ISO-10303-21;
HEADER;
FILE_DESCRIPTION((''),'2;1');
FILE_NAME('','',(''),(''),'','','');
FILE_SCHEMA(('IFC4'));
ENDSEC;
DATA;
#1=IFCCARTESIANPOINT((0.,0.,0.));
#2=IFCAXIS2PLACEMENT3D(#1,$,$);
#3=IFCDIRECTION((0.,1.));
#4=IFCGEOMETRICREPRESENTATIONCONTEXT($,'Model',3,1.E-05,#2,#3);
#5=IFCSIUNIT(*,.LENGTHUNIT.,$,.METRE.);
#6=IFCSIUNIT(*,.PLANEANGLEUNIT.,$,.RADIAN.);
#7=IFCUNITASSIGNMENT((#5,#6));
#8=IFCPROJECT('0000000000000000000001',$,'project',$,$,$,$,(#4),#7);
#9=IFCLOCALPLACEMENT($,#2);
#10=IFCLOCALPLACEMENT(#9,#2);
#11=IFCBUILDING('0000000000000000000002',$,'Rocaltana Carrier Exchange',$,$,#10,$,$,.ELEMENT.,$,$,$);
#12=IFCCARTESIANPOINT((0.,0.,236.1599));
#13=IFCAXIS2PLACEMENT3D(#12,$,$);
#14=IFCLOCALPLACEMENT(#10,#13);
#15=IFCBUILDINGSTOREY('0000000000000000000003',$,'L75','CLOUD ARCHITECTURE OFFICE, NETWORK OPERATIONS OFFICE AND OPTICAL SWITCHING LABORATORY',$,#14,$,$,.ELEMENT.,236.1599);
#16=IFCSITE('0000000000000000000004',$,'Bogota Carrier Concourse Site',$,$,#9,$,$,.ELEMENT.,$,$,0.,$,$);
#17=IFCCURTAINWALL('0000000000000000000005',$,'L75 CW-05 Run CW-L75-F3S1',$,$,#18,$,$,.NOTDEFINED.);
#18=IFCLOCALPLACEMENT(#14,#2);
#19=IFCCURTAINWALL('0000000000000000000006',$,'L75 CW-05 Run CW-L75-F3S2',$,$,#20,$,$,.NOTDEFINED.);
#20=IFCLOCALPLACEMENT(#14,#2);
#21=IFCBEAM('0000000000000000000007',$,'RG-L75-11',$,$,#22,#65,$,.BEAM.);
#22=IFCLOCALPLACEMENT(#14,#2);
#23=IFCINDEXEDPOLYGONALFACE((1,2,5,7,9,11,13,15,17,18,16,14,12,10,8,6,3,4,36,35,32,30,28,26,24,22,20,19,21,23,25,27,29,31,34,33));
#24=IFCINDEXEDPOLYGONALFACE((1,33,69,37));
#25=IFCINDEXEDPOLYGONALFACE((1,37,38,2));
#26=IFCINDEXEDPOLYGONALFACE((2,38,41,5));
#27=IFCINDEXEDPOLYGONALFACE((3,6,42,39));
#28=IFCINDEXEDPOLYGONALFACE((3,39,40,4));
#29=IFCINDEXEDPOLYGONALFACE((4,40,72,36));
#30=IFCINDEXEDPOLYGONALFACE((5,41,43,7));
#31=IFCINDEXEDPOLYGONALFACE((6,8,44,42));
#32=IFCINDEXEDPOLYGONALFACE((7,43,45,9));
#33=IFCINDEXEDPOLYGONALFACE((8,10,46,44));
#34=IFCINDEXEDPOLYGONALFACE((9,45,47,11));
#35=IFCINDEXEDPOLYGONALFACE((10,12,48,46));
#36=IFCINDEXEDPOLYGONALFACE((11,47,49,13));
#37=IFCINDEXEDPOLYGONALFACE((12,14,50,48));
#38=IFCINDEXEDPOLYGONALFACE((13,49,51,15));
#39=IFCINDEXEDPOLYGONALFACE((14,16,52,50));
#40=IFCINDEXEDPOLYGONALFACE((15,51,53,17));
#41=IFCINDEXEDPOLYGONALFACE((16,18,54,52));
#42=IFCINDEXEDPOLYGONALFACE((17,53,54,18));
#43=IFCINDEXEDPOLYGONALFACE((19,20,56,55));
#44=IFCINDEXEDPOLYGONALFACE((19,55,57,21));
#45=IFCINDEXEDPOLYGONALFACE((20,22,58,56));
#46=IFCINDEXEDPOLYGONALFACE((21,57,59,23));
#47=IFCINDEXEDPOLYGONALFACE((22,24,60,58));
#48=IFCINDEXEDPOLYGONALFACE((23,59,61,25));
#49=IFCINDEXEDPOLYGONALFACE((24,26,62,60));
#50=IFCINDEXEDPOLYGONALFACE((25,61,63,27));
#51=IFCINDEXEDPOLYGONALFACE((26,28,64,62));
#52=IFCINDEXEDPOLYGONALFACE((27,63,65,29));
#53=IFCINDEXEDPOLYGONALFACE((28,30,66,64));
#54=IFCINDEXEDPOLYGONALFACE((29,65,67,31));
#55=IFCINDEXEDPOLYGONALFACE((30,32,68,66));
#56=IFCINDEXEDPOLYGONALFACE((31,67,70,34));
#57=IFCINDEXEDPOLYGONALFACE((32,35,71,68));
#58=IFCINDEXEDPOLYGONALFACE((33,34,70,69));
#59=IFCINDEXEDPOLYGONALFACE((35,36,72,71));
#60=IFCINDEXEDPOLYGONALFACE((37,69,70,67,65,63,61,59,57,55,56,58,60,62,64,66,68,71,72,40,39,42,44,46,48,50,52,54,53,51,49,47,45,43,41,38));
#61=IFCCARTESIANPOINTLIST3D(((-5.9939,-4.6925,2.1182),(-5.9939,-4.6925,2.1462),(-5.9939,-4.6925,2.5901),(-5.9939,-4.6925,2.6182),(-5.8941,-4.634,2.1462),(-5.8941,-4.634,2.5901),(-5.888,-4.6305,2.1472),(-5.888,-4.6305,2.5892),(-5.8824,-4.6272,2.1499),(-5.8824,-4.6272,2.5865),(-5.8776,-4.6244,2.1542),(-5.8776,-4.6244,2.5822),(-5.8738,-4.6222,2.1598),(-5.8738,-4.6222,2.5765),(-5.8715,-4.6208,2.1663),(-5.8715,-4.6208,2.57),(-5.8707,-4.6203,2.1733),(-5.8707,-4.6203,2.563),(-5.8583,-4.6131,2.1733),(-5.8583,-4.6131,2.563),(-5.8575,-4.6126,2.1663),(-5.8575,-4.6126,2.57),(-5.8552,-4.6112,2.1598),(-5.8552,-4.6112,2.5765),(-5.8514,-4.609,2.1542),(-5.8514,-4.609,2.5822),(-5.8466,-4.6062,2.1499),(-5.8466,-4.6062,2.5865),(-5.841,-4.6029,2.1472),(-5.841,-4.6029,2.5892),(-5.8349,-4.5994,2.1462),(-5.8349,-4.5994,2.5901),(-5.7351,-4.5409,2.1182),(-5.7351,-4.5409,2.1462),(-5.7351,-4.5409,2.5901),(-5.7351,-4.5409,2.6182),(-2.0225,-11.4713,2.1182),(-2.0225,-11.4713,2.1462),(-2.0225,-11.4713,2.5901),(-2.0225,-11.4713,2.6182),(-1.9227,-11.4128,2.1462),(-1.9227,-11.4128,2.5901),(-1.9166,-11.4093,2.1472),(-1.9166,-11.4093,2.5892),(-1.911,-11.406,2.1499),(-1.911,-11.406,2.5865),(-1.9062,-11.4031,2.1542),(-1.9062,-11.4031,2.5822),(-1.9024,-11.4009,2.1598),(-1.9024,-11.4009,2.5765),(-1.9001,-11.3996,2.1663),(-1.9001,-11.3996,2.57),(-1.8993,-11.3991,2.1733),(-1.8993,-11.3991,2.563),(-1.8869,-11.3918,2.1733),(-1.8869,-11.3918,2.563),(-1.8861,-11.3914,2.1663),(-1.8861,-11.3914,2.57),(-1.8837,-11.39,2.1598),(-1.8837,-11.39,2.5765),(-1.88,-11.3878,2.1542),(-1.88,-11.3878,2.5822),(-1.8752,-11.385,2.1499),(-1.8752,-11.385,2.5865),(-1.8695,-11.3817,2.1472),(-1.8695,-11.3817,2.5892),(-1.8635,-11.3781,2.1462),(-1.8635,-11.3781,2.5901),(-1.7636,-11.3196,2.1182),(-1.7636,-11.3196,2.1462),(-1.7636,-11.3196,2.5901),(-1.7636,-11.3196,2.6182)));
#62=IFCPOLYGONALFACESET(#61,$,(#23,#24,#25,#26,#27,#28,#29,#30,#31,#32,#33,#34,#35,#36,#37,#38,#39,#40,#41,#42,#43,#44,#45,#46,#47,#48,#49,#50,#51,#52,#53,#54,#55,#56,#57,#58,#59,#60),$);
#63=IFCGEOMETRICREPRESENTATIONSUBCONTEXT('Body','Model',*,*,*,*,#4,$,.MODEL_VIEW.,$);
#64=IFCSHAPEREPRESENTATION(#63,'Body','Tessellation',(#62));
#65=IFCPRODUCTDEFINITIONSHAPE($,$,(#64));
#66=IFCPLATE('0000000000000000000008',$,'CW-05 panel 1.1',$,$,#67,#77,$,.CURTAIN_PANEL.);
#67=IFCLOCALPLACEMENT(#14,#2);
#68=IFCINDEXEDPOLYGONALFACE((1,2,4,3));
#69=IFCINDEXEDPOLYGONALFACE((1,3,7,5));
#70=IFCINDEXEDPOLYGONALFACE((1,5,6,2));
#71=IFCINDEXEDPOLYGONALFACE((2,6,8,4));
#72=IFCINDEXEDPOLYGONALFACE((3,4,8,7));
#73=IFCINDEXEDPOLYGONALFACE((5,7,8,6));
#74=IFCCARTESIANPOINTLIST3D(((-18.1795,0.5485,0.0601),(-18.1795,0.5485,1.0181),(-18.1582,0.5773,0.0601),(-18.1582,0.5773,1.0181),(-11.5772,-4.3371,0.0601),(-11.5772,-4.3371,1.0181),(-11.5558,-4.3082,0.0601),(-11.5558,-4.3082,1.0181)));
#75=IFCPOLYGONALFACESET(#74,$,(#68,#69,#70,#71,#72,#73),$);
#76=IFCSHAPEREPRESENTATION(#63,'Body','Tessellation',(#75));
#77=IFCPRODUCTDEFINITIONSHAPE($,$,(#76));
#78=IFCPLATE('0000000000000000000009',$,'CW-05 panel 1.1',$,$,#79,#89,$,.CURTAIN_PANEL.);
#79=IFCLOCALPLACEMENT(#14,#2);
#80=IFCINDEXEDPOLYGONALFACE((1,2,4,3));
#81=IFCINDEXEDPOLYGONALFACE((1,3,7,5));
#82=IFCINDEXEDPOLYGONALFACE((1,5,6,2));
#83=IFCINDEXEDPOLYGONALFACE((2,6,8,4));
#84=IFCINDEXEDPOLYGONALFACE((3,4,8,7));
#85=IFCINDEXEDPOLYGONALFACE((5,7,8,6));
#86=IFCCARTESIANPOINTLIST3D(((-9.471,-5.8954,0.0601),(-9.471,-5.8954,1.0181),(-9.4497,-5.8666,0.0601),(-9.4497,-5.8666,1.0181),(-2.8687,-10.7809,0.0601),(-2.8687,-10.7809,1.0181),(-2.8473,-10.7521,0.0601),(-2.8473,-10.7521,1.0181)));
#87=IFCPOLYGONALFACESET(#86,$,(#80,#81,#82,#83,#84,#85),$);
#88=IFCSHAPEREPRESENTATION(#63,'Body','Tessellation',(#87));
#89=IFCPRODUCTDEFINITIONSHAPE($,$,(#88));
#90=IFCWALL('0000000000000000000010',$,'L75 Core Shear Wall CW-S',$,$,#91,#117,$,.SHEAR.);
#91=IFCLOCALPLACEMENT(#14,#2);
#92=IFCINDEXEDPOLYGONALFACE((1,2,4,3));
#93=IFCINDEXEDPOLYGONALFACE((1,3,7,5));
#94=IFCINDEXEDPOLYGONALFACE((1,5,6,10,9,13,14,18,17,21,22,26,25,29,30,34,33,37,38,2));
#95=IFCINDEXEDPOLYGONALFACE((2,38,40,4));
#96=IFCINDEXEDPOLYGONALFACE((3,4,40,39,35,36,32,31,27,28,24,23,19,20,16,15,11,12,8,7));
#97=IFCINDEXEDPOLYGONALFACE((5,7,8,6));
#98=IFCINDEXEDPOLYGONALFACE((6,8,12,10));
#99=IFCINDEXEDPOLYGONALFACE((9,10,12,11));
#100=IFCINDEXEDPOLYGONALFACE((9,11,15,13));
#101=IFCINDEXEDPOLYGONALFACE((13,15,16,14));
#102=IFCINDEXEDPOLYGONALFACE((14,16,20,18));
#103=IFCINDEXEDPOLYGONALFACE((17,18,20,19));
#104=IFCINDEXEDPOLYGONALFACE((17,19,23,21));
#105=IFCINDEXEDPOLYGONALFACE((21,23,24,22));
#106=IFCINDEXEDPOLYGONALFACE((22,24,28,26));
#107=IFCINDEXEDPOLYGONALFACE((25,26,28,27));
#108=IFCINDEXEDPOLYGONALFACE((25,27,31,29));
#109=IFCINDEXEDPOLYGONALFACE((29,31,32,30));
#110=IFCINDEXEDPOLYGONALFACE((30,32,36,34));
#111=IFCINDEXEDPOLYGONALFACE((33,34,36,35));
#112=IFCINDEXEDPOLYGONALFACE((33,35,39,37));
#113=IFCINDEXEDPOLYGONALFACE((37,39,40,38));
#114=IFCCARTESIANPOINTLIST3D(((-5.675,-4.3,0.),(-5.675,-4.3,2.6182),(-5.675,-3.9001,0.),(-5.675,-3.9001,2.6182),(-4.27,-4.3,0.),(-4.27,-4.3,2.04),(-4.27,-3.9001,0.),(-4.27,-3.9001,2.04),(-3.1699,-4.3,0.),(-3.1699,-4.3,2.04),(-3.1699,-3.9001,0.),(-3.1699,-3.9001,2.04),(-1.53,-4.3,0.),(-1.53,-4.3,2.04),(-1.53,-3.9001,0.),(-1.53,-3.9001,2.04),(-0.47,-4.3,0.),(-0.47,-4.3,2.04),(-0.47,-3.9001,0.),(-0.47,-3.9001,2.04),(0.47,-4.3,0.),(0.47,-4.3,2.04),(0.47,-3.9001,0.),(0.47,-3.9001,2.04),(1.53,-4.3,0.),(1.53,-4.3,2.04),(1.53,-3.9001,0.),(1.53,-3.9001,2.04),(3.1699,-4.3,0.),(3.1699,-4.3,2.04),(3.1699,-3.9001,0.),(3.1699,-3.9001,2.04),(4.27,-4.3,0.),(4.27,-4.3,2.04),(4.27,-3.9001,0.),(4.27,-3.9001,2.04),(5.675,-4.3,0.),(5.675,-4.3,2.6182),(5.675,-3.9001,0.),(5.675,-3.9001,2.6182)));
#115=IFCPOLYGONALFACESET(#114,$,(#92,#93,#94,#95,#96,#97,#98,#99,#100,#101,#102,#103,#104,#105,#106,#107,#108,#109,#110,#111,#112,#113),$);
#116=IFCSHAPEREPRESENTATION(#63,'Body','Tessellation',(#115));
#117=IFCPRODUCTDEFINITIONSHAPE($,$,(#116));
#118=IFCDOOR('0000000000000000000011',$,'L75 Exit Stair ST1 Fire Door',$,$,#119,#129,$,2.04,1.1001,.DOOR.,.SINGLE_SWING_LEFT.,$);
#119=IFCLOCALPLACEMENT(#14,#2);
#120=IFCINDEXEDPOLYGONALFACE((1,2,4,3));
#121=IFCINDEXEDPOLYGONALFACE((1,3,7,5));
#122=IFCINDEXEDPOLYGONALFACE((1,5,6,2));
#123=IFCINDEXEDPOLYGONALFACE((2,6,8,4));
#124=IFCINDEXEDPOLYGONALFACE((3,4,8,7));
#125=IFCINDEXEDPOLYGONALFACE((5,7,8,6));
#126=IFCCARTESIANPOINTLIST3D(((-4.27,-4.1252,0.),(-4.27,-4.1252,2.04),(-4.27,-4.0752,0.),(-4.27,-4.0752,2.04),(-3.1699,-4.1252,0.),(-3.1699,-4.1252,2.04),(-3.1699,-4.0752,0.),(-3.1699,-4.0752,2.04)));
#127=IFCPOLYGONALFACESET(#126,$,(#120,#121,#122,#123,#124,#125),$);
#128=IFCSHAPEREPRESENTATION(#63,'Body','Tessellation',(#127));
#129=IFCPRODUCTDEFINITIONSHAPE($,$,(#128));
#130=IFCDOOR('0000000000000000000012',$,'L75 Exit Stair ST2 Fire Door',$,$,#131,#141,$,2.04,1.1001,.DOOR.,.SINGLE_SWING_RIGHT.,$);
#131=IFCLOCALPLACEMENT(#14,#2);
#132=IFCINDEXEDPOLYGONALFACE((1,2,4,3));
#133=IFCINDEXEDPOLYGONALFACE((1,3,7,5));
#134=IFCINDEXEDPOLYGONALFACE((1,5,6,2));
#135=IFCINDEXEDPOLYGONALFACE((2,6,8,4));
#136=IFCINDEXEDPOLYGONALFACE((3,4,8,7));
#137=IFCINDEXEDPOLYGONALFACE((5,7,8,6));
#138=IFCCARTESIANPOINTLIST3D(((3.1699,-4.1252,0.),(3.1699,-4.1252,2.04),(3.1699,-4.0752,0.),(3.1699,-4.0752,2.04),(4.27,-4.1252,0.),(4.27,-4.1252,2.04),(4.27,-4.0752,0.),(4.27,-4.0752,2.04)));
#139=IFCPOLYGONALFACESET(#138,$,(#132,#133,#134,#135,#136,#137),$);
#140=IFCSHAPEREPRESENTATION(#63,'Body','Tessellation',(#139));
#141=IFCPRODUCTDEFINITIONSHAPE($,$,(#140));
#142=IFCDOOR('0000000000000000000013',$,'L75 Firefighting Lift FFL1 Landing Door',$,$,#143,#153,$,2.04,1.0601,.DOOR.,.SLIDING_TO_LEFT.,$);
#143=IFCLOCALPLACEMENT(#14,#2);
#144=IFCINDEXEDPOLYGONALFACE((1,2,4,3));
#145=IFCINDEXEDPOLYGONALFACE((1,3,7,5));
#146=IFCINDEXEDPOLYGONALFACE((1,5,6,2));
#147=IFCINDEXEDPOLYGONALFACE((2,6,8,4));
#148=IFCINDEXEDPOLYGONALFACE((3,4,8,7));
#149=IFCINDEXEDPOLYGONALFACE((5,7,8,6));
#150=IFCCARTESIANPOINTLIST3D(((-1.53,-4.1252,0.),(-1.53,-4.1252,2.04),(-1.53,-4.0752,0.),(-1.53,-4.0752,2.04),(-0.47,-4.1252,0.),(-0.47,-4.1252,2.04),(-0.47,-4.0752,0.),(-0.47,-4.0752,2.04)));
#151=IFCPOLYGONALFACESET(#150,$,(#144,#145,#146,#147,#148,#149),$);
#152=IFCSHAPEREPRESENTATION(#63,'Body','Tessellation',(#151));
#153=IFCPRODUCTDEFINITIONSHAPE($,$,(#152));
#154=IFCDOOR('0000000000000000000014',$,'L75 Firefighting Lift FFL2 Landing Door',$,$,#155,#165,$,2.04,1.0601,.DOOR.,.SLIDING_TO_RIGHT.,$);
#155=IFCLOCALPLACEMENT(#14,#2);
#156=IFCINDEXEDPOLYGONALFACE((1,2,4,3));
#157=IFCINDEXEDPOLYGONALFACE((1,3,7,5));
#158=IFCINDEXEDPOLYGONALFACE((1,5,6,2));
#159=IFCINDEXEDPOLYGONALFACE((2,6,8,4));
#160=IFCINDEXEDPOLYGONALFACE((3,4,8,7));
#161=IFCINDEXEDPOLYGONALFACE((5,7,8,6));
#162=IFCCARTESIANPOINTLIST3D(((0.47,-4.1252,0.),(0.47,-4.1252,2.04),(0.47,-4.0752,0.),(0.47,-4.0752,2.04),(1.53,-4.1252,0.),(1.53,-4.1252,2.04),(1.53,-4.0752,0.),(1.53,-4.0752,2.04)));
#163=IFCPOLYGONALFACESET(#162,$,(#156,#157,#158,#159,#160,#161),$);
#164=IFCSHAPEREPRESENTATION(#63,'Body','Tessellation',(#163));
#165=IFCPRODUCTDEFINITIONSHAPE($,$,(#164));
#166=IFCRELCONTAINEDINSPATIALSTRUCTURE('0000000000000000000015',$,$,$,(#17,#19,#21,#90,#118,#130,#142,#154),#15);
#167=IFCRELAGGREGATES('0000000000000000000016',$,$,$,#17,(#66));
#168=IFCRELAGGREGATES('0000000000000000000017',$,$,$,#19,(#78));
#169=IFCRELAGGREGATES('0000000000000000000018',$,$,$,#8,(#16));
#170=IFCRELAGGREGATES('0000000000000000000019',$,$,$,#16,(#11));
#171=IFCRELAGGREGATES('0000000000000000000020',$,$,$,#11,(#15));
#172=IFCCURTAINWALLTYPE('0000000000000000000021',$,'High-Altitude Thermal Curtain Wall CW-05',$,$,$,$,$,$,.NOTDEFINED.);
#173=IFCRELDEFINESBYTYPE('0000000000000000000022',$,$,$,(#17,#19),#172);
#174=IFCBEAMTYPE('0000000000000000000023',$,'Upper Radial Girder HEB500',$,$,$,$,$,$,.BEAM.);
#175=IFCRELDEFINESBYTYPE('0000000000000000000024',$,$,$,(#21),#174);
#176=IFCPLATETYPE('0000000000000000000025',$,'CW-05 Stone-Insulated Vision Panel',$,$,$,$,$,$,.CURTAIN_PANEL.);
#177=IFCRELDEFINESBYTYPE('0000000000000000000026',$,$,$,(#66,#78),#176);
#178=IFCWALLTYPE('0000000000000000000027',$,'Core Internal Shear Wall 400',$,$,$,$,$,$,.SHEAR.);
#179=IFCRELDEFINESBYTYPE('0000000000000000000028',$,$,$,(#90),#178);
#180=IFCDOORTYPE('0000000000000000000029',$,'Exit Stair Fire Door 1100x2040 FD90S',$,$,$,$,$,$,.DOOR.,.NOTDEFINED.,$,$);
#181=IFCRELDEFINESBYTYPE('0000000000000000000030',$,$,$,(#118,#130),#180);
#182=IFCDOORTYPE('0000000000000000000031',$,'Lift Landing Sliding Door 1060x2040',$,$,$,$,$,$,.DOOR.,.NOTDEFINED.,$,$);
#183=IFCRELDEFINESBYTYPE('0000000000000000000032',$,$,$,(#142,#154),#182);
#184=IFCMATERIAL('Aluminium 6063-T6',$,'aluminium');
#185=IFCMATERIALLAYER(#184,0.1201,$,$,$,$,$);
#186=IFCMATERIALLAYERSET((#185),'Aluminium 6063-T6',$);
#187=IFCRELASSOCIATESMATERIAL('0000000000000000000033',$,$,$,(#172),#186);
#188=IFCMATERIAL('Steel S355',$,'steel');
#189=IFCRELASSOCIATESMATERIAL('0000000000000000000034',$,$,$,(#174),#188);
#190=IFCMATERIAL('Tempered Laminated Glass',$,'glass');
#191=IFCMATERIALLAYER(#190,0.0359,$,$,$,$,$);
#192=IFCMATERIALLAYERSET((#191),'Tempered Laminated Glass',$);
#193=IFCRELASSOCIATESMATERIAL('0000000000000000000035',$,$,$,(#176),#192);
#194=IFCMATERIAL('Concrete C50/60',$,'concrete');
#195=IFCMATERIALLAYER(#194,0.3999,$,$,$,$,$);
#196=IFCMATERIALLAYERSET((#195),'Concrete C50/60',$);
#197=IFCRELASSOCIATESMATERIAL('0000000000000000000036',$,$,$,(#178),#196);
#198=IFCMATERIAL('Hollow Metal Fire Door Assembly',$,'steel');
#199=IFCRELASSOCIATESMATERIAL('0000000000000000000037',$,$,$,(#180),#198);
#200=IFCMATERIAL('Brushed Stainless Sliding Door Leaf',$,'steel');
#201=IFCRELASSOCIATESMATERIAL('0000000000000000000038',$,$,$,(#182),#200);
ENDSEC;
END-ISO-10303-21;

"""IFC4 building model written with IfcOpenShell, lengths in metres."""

from ifc_helpers import new_model, si_unit, direction, frame, frame_2d, origin, origin_2d, place, context, subcontext, project, spatial, rectangle, i_section, extrude, material, layer, layer_set, material_profile, profile_set, type_object, element, fill, aggregate, save


model = new_model("IFC4")

# Units and contexts
model_context = context("Model", 3, precision=1e-05, world=origin(), true_north=direction((0.0, 1.0)))
body_context = subcontext(model_context, "Body", "Model", "MODEL_VIEW")
ifc_project = project(units=[si_unit("LENGTHUNIT", "METRE"), si_unit("PLANEANGLEUNIT", "RADIAN")], contexts=[model_context])

# Site, building, storey
site_placement = place(None, origin())
site = spatial("IfcSite", under=ifc_project, at=site_placement, Name="Bogota Carrier Concourse Site", CompositionType="ELEMENT", RefElevation=0.0)
building_placement = place(site_placement, origin())
building = spatial("IfcBuilding", under=site, at=building_placement, Name="Rocaltana Carrier Exchange", CompositionType="ELEMENT")
storey_placement = place(building_placement, frame((0.0, 0.0, 236.1599)))
storey = spatial("IfcBuildingStorey", under=building, at=storey_placement, Name="L75", Description="CLOUD ARCHITECTURE OFFICE, NETWORK OPERATIONS OFFICE AND OPTICAL SWITCHING LABORATORY", CompositionType="ELEMENT", Elevation=236.1599)

# Curtain wall
ifc_material_1 = material(Name="Aluminium 6063-T6", Category="aluminium")
ifc_layer_1 = layer(ifc_material_1, 0.1201)
ifc_layer_set_1 = layer_set([ifc_layer_1], Name="Aluminium 6063-T6")
curtain_wall_type = type_object("IfcCurtainWallType", Name="High-Altitude Thermal Curtain Wall CW-05", PredefinedType="NOTDEFINED", material=ifc_layer_set_1)
curtain_wall_1_placement = place(storey_placement, origin())
curtain_wall_1 = element("IfcCurtainWall", 1, at=curtain_wall_1_placement, inside=storey, type_object=curtain_wall_type, Name="L75 CW-05 Run CW-L75-F3S1", PredefinedType="NOTDEFINED")

# Curtain wall
curtain_wall_2_placement = place(storey_placement, origin())
curtain_wall_2 = element("IfcCurtainWall", 2, at=curtain_wall_2_placement, inside=storey, type_object=curtain_wall_type, Name="L75 CW-05 Run CW-L75-F3S2", PredefinedType="NOTDEFINED")

# Beam
ifc_material_2 = material(Name="Steel S355", Category="steel")
ifc_material_profile_1 = material_profile(ifc_material_2, i_section(OverallWidth=0.3, OverallDepth=0.5, WebThickness=0.0144, FlangeThickness=0.0281, FilletRadius=0.0271, at=origin_2d()), Name="HEB500")
ifc_profile_set_1 = profile_set([ifc_material_profile_1], Name="Steel S355")
beam_type_1 = type_object("IfcBeamType", Name="Upper Radial Girder HEB500", PredefinedType="BEAM", material=ifc_profile_set_1)
beam_1_placement = place(storey_placement, frame((-5.8645, -4.6167, 2.3682), z_axis=(0.505497, -0.862828, 0.0), x_axis=(0.862828, 0.505497, 0.0)))
element("IfcBeam", 3, at=beam_1_placement, inside=storey, type_object=beam_type_1, Name="RG-L75-11", PredefinedType="BEAM", context=body_context, shape_type="SweptSolid", body=[
    extrude(i_section(OverallWidth=0.3, OverallDepth=0.5, WebThickness=0.0144, FlangeThickness=0.0281, FilletRadius=0.0271, at=origin_2d()), origin(), (0.0, 0.0, 1.0), 7.8564),
])

# Plates
ifc_material_3 = material(Name="Tempered Laminated Glass", Category="glass")
ifc_layer_2 = layer(ifc_material_3, 0.0359)
ifc_layer_set_2 = layer_set([ifc_layer_2], Name="Tempered Laminated Glass")
plate_type = type_object("IfcPlateType", Name="CW-05 Stone-Insulated Vision Panel", PredefinedType="CURTAIN_PANEL", material=ifc_layer_set_2)
plate_1_placement = place(storey_placement, frame((-14.8677, -1.8799, 0.0601), z_axis=(0.0, 0.0, 1.0), x_axis=(0.803854, -0.594827, 0.0)))
plate_1 = element("IfcPlate", 4, at=plate_1_placement, type_object=plate_type, Name="CW-05 panel 1.1", PredefinedType="CURTAIN_PANEL", context=body_context, shape_type="SweptSolid", body=[
    extrude(rectangle(XDim=8.2134, YDim=0.0359, at=origin_2d()), origin(), (0.0, 0.0, 1.0), 0.958),
])
aggregate(curtain_wall_1, [plate_1])
plate_2_placement = place(storey_placement, frame((-6.1592, -8.3237, 0.0601), z_axis=(0.0, 0.0, 1.0), x_axis=(0.803858, -0.594821, 0.0)))
plate_2 = element("IfcPlate", 5, at=plate_2_placement, type_object=plate_type, Name="CW-05 panel 1.1", PredefinedType="CURTAIN_PANEL", context=body_context, shape_type="SweptSolid", body=[
    extrude(rectangle(XDim=8.2134, YDim=0.0359, at=origin_2d()), origin(), (0.0, 0.0, 1.0), 0.958),
])
aggregate(curtain_wall_2, [plate_2])

# Wall, openings, doors
ifc_material_4 = material(Name="Concrete C50/60", Category="concrete")
ifc_layer_3 = layer(ifc_material_4, 0.3999)
ifc_layer_set_3 = layer_set([ifc_layer_3], Name="Concrete C50/60")
wall_type_1 = type_object("IfcWallType", Name="Core Internal Shear Wall 400", PredefinedType="SHEAR", material=ifc_layer_set_3)
wall_1_placement = place(storey_placement, frame((-5.675, -4.1001, 0.0), z_axis=(0.0, 0.0, 1.0), x_axis=(1.0, 0.0, 0.0)))
wall_1 = element("IfcWall", 6, at=wall_1_placement, inside=storey, type_object=wall_type_1, Name="L75 Core Shear Wall CW-S", PredefinedType="SHEAR", context=body_context, shape_type="SweptSolid", body=[
    extrude(rectangle(XDim=11.3501, YDim=0.3999, at=frame_2d((5.675, 0.0))), origin(), (0.0, 0.0, 1.0), 2.6182),
])
opening_1_placement = place(wall_1_placement, frame((1.405, 0.0, 0.0)))
opening_1 = element("IfcOpeningElement", 7, at=opening_1_placement, cuts=wall_1, PredefinedType="OPENING", context=body_context, shape_type="SweptSolid", body=[
    extrude(rectangle(XDim=1.1001, YDim=2.04, at=frame_2d((0.55, 1.02))), frame((0.0, 0.21, 0.0), z_axis=(0.0, -1.0, 0.0), x_axis=(1.0, 0.0, 0.0)), (0.0, 0.0, 1.0), 0.4199),
])
opening_2_placement = place(wall_1_placement, frame((8.845, 0.0, 0.0)))
opening_2 = element("IfcOpeningElement", 8, at=opening_2_placement, cuts=wall_1, PredefinedType="OPENING", context=body_context, shape_type="SweptSolid", body=[
    extrude(rectangle(XDim=1.1001, YDim=2.04, at=frame_2d((0.55, 1.02))), frame((0.0, 0.21, 0.0), z_axis=(0.0, -1.0, 0.0), x_axis=(1.0, 0.0, 0.0)), (0.0, 0.0, 1.0), 0.4199),
])
opening_3_placement = place(wall_1_placement, frame((4.145, 0.0, 0.0)))
opening_3 = element("IfcOpeningElement", 9, at=opening_3_placement, cuts=wall_1, PredefinedType="OPENING", context=body_context, shape_type="SweptSolid", body=[
    extrude(rectangle(XDim=1.0601, YDim=2.04, at=frame_2d((0.53, 1.02))), frame((0.0, 0.21, 0.0), z_axis=(0.0, -1.0, 0.0), x_axis=(1.0, 0.0, 0.0)), (0.0, 0.0, 1.0), 0.4199),
])
opening_4_placement = place(wall_1_placement, frame((6.145, 0.0, 0.0)))
opening_4 = element("IfcOpeningElement", 10, at=opening_4_placement, cuts=wall_1, PredefinedType="OPENING", context=body_context, shape_type="SweptSolid", body=[
    extrude(rectangle(XDim=1.0601, YDim=2.04, at=frame_2d((0.53, 1.02))), frame((0.0, 0.21, 0.0), z_axis=(0.0, -1.0, 0.0), x_axis=(1.0, 0.0, 0.0)), (0.0, 0.0, 1.0), 0.4199),
])
ifc_material_5 = material(Name="Hollow Metal Fire Door Assembly", Category="steel")
door_type_1 = type_object("IfcDoorType", Name="Exit Stair Fire Door 1100x2040 FD90S", OperationType="NOTDEFINED", PredefinedType="DOOR", material=ifc_material_5)
door_1_placement = place(opening_1_placement, origin())
door_1 = element("IfcDoor", 11, at=door_1_placement, inside=storey, type_object=door_type_1, Name="L75 Exit Stair ST1 Fire Door", OperationType="SINGLE_SWING_LEFT", OverallHeight=2.04, OverallWidth=1.1001, PredefinedType="DOOR", context=body_context, shape_type="SweptSolid", body=[
    extrude(rectangle(XDim=1.1001, YDim=2.04, at=frame_2d((0.55, 1.02))), frame((0.0, 0.0249, 0.0), z_axis=(0.0, -1.0, 0.0), x_axis=(1.0, 0.0, 0.0)), (0.0, 0.0, 1.0), 0.05),
])
fill(opening_1, door_1)
door_2_placement = place(opening_2_placement, origin())
door_2 = element("IfcDoor", 12, at=door_2_placement, inside=storey, type_object=door_type_1, Name="L75 Exit Stair ST2 Fire Door", OperationType="SINGLE_SWING_RIGHT", OverallHeight=2.04, OverallWidth=1.1001, PredefinedType="DOOR", context=body_context, shape_type="SweptSolid", body=[
    extrude(rectangle(XDim=1.1001, YDim=2.04, at=frame_2d((0.55, 1.02))), frame((0.0, 0.0249, 0.0), z_axis=(0.0, -1.0, 0.0), x_axis=(1.0, 0.0, 0.0)), (0.0, 0.0, 1.0), 0.05),
])
fill(opening_2, door_2)
ifc_material_6 = material(Name="Brushed Stainless Sliding Door Leaf", Category="steel")
door_type_2 = type_object("IfcDoorType", Name="Lift Landing Sliding Door 1060x2040", OperationType="NOTDEFINED", PredefinedType="DOOR", material=ifc_material_6)
door_3_placement = place(opening_3_placement, origin())
door_3 = element("IfcDoor", 13, at=door_3_placement, inside=storey, type_object=door_type_2, Name="L75 Firefighting Lift FFL1 Landing Door", OperationType="SLIDING_TO_LEFT", OverallHeight=2.04, OverallWidth=1.0601, PredefinedType="DOOR", context=body_context, shape_type="SweptSolid", body=[
    extrude(rectangle(XDim=1.0601, YDim=2.04, at=frame_2d((0.53, 1.02))), frame((0.0, 0.0249, 0.0), z_axis=(0.0, -1.0, 0.0), x_axis=(1.0, 0.0, 0.0)), (0.0, 0.0, 1.0), 0.05),
])
fill(opening_3, door_3)
door_4_placement = place(opening_4_placement, origin())
door_4 = element("IfcDoor", 14, at=door_4_placement, inside=storey, type_object=door_type_2, Name="L75 Firefighting Lift FFL2 Landing Door", OperationType="SLIDING_TO_RIGHT", OverallHeight=2.04, OverallWidth=1.0601, PredefinedType="DOOR", context=body_context, shape_type="SweptSolid", body=[
    extrude(rectangle(XDim=1.0601, YDim=2.04, at=frame_2d((0.53, 1.02))), frame((0.0, 0.0249, 0.0), z_axis=(0.0, -1.0, 0.0), x_axis=(1.0, 0.0, 0.0)), (0.0, 0.0, 1.0), 0.05),
])
fill(opening_4, door_4)

save(model, "model.ifc")
